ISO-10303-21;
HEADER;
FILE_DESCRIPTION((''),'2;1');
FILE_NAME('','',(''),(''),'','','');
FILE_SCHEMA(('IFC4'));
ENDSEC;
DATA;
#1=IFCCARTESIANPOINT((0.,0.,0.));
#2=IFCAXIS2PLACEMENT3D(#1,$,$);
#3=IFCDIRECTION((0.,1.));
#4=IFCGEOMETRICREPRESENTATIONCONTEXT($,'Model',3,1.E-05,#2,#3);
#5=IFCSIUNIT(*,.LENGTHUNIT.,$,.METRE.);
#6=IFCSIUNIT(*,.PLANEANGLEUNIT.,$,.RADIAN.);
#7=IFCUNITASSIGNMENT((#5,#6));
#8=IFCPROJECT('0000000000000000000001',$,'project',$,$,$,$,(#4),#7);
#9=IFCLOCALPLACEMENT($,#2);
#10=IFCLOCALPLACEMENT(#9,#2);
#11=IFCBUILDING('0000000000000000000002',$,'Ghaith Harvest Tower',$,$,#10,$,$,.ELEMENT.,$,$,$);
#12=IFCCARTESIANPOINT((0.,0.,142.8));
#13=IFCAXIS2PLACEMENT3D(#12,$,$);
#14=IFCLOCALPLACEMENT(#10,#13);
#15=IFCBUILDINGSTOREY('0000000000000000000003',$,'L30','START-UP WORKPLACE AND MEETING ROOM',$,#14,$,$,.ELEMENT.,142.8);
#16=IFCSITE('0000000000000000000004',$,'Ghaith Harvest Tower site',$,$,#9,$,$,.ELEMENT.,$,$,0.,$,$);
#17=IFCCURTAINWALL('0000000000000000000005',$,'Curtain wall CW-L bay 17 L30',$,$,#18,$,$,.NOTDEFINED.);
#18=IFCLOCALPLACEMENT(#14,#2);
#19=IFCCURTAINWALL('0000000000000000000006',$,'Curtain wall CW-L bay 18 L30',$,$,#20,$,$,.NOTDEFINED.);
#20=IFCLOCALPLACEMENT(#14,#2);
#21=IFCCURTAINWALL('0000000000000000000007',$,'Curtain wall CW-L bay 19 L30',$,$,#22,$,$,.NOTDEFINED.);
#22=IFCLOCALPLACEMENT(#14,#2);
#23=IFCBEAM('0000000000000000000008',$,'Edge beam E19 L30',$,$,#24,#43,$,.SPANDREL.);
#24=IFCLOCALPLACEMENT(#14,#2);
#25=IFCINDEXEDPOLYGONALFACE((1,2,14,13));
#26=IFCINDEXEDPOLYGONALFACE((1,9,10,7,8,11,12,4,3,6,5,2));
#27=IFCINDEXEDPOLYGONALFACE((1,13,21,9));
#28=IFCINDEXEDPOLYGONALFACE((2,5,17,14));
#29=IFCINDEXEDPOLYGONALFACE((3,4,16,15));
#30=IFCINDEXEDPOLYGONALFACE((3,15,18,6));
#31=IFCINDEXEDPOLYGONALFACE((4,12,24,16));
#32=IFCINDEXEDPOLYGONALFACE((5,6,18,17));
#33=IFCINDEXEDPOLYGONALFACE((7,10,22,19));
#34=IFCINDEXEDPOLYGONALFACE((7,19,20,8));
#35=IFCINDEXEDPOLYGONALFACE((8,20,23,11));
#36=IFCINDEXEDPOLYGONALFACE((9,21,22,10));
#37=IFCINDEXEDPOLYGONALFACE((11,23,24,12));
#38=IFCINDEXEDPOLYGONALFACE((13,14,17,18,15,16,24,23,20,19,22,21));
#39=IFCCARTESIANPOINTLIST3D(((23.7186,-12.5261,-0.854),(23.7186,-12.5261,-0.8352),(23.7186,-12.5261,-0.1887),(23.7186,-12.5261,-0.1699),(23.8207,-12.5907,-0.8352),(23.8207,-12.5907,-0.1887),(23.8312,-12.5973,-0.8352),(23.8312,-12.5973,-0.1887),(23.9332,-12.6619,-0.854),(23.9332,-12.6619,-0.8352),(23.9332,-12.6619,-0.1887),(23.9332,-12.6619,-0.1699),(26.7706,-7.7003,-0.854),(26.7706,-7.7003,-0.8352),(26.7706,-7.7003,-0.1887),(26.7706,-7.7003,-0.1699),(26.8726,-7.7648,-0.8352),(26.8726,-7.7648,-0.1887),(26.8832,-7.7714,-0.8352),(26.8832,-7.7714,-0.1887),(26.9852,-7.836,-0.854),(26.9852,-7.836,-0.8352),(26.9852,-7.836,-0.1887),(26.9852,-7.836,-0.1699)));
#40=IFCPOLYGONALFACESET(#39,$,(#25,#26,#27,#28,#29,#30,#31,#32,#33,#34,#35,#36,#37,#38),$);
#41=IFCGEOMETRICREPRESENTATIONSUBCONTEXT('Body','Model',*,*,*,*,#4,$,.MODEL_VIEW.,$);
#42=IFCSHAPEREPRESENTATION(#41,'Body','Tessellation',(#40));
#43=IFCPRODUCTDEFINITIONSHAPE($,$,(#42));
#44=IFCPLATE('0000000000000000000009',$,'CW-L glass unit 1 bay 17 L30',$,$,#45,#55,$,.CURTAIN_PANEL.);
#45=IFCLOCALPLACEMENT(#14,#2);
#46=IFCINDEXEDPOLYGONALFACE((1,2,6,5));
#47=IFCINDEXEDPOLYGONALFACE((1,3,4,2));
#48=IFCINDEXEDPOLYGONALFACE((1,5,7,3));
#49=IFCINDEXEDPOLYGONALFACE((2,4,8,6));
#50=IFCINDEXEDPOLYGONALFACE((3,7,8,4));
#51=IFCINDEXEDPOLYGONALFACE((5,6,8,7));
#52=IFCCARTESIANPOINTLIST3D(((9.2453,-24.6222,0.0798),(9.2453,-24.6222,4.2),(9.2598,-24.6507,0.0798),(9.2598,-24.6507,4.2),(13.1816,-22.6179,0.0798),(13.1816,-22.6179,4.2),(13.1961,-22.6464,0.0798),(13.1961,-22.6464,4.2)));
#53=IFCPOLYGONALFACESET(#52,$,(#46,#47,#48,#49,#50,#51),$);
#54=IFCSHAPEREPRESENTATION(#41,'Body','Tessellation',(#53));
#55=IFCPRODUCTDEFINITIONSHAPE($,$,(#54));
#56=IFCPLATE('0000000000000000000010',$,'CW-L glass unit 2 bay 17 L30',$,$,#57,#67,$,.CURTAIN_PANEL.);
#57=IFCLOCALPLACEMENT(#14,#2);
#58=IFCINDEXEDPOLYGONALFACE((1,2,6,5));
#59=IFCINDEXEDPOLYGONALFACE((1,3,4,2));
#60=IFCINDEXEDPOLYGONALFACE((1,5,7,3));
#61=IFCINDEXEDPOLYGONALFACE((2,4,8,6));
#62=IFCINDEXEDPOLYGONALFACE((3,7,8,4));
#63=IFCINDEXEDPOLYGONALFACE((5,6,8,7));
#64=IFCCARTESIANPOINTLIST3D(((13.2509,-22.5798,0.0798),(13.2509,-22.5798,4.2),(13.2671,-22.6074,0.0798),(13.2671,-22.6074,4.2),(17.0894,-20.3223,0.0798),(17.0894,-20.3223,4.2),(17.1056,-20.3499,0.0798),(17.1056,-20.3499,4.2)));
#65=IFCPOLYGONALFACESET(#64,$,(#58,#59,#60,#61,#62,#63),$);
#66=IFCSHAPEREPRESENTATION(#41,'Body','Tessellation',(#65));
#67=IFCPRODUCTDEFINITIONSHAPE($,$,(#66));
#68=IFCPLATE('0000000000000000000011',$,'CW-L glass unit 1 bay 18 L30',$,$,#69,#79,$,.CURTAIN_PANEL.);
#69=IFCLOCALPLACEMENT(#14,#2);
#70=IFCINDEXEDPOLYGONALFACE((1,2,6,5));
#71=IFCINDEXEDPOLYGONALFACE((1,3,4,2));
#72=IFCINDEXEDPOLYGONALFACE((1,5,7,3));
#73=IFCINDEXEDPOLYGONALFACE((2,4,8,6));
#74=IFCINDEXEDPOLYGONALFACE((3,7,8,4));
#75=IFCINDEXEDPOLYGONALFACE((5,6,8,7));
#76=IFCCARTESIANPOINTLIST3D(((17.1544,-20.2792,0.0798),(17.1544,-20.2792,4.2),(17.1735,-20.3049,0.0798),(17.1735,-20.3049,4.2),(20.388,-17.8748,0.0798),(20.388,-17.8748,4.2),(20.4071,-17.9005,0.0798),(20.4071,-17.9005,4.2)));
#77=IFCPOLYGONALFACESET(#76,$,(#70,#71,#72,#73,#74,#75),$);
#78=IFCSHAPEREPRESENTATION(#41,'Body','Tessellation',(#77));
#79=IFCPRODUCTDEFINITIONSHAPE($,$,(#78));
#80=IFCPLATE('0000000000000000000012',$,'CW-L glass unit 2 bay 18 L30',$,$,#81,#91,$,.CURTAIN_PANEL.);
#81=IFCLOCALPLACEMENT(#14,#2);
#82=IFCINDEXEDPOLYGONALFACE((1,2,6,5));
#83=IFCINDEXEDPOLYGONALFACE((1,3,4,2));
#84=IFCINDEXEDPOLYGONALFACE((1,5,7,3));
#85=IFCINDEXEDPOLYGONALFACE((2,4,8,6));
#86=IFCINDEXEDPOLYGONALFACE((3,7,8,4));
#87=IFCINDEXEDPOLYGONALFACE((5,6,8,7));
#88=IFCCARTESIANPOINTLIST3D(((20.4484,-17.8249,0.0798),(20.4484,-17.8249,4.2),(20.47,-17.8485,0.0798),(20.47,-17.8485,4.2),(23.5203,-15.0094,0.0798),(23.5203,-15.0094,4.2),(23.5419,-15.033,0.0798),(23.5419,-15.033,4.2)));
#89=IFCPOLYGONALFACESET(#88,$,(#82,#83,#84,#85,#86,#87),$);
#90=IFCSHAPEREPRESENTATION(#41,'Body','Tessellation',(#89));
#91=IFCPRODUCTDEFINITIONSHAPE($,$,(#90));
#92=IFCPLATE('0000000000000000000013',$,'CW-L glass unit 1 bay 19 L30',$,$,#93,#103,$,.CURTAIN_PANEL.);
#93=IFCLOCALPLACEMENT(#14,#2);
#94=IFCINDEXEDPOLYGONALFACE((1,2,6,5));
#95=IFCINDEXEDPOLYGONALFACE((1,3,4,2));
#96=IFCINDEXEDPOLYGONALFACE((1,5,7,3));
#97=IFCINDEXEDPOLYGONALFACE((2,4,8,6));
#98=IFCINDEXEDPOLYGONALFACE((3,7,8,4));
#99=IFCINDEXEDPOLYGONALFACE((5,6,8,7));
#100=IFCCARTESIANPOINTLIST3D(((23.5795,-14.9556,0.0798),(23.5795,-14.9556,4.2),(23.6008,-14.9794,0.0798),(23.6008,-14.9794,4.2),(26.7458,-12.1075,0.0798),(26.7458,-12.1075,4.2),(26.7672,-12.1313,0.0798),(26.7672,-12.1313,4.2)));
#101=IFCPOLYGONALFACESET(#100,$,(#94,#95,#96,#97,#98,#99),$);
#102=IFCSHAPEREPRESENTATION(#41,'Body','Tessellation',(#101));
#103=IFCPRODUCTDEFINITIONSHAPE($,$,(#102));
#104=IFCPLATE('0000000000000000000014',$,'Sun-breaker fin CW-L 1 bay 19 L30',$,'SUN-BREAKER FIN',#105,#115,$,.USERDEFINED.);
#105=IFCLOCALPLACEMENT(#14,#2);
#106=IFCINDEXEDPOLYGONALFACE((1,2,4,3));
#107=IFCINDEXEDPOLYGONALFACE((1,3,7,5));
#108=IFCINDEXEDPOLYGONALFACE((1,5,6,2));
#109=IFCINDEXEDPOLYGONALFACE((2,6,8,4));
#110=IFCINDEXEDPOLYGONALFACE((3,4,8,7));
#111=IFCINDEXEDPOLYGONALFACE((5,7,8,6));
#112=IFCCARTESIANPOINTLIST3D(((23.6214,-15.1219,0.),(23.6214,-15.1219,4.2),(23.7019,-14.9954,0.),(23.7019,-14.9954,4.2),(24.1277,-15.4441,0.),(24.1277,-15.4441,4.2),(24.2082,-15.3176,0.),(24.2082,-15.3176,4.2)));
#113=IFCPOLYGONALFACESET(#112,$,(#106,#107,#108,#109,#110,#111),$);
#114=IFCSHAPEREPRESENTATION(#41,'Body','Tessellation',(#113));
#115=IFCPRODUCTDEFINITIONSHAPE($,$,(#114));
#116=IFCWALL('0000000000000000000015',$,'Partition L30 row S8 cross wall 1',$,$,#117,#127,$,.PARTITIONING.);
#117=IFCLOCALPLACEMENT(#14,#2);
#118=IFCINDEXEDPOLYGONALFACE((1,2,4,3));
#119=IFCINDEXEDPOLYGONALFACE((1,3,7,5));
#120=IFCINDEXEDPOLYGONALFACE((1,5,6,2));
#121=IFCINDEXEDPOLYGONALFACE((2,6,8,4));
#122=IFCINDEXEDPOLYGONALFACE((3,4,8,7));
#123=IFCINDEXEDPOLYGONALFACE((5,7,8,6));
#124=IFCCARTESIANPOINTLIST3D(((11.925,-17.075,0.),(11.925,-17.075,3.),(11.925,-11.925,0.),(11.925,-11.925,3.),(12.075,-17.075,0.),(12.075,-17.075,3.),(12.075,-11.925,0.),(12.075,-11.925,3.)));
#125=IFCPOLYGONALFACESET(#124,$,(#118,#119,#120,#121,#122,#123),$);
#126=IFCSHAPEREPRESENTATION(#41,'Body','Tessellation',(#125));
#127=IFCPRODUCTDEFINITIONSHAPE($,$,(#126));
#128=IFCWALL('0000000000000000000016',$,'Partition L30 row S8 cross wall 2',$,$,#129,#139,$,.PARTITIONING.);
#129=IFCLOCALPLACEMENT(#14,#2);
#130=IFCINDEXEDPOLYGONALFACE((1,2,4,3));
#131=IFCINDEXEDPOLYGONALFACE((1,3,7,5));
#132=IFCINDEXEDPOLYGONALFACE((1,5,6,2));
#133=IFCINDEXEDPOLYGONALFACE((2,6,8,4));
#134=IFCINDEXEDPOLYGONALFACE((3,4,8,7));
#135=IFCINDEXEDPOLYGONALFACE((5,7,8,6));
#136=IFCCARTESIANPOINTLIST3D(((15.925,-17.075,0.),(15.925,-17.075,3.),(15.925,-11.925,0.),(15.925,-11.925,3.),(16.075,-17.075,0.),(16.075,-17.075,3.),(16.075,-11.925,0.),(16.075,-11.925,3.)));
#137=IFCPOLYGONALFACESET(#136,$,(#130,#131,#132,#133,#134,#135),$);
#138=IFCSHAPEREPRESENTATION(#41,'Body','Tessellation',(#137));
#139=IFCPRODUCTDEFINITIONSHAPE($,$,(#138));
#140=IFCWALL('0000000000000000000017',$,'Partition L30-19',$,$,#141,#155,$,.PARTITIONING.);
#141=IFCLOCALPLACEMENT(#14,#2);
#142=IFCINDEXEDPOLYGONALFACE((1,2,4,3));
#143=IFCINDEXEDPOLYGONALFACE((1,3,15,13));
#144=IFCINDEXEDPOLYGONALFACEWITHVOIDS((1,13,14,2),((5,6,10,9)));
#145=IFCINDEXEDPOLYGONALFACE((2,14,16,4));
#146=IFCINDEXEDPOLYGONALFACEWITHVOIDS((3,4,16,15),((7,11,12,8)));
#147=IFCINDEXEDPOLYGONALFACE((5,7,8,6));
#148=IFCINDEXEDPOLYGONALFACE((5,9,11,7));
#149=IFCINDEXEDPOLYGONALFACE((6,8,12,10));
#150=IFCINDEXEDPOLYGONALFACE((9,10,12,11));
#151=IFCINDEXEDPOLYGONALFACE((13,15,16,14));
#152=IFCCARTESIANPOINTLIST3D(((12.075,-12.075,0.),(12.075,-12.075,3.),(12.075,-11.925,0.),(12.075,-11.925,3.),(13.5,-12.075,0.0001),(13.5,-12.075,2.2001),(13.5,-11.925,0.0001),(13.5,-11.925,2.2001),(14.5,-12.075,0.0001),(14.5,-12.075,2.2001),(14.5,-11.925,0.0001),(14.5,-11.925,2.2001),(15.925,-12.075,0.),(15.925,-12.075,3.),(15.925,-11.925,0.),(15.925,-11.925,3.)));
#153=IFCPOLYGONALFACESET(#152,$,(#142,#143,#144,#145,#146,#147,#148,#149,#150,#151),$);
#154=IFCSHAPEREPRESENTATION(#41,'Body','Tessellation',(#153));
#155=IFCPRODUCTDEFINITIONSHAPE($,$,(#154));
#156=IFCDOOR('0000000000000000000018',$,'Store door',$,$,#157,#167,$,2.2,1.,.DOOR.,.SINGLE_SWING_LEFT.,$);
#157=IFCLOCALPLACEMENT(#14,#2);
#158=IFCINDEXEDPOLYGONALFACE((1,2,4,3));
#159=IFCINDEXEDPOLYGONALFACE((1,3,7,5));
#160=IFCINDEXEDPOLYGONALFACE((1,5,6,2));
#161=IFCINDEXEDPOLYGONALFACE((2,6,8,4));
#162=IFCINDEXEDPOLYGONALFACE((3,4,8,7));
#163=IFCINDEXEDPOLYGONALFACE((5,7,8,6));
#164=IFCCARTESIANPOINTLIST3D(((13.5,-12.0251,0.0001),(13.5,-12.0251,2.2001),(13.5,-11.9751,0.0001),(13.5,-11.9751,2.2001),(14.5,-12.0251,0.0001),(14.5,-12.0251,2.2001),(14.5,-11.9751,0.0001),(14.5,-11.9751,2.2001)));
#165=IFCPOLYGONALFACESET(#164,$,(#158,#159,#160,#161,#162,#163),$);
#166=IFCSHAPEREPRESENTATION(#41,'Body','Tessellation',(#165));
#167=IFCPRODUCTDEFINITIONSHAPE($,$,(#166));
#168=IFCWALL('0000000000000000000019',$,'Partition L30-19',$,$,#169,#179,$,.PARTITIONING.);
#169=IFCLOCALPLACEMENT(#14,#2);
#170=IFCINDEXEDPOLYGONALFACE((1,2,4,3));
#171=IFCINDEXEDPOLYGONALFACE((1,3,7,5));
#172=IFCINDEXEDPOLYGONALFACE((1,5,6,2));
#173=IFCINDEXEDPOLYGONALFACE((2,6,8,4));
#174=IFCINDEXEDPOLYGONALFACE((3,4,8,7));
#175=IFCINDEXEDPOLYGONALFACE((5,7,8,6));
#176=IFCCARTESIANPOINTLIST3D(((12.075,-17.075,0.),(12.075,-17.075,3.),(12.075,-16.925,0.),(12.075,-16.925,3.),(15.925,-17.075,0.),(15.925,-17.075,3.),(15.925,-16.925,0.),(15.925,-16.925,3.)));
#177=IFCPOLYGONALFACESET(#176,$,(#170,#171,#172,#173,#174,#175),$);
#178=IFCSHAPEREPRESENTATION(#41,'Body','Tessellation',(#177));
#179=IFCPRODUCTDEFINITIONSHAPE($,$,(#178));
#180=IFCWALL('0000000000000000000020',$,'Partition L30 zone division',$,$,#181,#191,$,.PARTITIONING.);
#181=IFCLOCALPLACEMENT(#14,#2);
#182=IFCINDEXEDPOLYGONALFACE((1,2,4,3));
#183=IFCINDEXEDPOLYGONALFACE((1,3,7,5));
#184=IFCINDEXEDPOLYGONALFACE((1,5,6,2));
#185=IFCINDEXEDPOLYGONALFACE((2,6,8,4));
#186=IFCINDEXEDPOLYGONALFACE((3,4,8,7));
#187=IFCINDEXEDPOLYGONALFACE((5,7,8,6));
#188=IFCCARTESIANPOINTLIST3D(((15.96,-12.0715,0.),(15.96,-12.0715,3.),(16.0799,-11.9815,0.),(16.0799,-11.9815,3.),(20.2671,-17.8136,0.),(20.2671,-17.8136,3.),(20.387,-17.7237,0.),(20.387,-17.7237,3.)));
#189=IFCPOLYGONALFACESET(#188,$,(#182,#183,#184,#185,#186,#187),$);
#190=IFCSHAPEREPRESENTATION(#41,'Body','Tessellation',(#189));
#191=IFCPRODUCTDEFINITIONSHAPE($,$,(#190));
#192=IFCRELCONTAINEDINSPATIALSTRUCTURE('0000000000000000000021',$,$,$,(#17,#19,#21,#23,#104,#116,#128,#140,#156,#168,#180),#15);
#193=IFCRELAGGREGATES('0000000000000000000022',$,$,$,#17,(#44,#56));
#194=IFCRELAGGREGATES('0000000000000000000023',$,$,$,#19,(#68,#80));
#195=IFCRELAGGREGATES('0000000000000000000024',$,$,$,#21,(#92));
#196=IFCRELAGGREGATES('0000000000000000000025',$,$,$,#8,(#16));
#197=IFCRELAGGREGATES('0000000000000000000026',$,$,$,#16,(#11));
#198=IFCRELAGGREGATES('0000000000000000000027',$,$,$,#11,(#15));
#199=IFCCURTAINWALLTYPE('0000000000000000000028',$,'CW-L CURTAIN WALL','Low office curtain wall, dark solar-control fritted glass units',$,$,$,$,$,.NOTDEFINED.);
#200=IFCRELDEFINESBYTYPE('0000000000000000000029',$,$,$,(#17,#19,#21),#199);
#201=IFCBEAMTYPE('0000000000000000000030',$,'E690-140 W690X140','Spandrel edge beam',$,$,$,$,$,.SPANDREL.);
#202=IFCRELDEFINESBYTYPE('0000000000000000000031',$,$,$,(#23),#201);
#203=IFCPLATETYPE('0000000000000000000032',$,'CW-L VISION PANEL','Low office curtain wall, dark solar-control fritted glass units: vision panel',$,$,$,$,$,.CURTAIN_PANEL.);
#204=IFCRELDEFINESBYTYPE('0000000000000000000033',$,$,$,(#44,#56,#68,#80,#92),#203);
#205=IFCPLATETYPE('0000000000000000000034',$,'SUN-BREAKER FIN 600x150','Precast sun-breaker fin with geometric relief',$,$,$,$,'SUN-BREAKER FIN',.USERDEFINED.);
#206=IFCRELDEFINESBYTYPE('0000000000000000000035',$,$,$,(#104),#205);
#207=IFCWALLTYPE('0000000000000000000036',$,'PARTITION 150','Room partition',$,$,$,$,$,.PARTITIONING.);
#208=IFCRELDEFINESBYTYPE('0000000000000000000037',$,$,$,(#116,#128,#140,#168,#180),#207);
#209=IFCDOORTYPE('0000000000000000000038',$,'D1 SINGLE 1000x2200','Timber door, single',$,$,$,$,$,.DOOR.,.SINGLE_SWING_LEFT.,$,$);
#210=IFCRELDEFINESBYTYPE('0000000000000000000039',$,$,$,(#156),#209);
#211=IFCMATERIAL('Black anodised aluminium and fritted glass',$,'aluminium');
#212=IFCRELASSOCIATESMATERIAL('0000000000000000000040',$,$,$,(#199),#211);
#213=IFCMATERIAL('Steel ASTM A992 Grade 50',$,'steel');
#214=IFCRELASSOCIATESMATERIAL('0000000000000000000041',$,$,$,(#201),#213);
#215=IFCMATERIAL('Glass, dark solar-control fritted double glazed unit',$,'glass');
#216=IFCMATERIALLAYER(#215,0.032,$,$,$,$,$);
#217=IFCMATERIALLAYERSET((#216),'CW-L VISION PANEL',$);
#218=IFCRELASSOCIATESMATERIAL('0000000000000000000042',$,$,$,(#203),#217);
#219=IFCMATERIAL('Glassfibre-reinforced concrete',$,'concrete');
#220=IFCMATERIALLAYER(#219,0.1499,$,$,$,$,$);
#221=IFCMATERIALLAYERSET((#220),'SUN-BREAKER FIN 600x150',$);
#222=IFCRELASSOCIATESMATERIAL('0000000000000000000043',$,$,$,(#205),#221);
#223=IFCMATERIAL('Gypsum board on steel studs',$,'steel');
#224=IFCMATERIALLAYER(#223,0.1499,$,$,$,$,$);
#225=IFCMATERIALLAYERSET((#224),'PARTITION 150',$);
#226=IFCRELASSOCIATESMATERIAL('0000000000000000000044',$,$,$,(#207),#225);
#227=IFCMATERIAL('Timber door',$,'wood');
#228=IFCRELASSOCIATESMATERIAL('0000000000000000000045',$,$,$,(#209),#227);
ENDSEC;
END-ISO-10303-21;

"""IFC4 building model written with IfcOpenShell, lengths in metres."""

from ifc_helpers import new_model, si_unit, direction, frame, frame_2d, origin, origin_2d, place, context, subcontext, project, spatial, rectangle, i_section, extrude, material, layer, layer_set, material_profile, profile_set, type_object, element, fill, aggregate, save


model = new_model("IFC4")

# Units and contexts
model_context = context("Model", 3, precision=1e-05, world=origin(), true_north=direction((0.0, 1.0)))
body_context = subcontext(model_context, "Body", "Model", "MODEL_VIEW")
ifc_project = project(units=[si_unit("LENGTHUNIT", "METRE"), si_unit("PLANEANGLEUNIT", "RADIAN")], contexts=[model_context])

# Site, building, storey
site_placement = place(None, origin())
site = spatial("IfcSite", under=ifc_project, at=site_placement, Name="Ghaith Harvest Tower site", CompositionType="ELEMENT", RefElevation=0.0)
building_placement = place(site_placement, origin())
building = spatial("IfcBuilding", under=site, at=building_placement, Name="Ghaith Harvest Tower", CompositionType="ELEMENT")
storey_placement = place(building_placement, frame((0.0, 0.0, 142.8)))
storey = spatial("IfcBuildingStorey", under=building, at=storey_placement, Name="L30", Description="START-UP WORKPLACE AND MEETING ROOM", CompositionType="ELEMENT", Elevation=142.8)

# Curtain wall
ifc_material_1 = material(Name="Black anodised aluminium and fritted glass", Category="aluminium")
curtain_wall_type = type_object("IfcCurtainWallType", Name="CW-L CURTAIN WALL", Description="Low office curtain wall, dark solar-control fritted glass units", PredefinedType="NOTDEFINED", material=ifc_material_1)
curtain_wall_1_placement = place(storey_placement, origin())
curtain_wall_1 = element("IfcCurtainWall", 1, at=curtain_wall_1_placement, inside=storey, type_object=curtain_wall_type, Name="Curtain wall CW-L bay 17 L30", PredefinedType="NOTDEFINED")

# Curtain walls
curtain_wall_2_placement = place(storey_placement, origin())
curtain_wall_2 = element("IfcCurtainWall", 2, at=curtain_wall_2_placement, inside=storey, type_object=curtain_wall_type, Name="Curtain wall CW-L bay 18 L30", PredefinedType="NOTDEFINED")
curtain_wall_3_placement = place(storey_placement, origin())
curtain_wall_3 = element("IfcCurtainWall", 3, at=curtain_wall_3_placement, inside=storey, type_object=curtain_wall_type, Name="Curtain wall CW-L bay 19 L30", PredefinedType="NOTDEFINED")

# Beam
ifc_material_2 = material(Name="Steel ASTM A992 Grade 50", Category="steel")
ifc_material_profile_1 = material_profile(ifc_material_2, i_section(OverallWidth=0.2539, OverallDepth=0.6841, WebThickness=0.0125, FlangeThickness=0.0188, at=origin_2d()), Name="W690X140")
ifc_profile_set_1 = profile_set([ifc_material_profile_1], Name="Steel ASTM A992 Grade 50")
beam_type = type_object("IfcBeamType", Name="E690-140 W690X140", Description="Spandrel edge beam", PredefinedType="SPANDREL", material=ifc_profile_set_1)
beam_1_placement = place(storey_placement, frame((23.8259, -12.594, -0.512), z_axis=(0.5345, 0.845169, 0.0), x_axis=(-0.845169, 0.5345, 0.0)))
element("IfcBeam", 4, at=beam_1_placement, inside=storey, type_object=beam_type, Name="Edge beam E19 L30", PredefinedType="SPANDREL", context=body_context, shape_type="SweptSolid", body=[
    extrude(i_section(OverallWidth=0.2539, OverallDepth=0.6841, WebThickness=0.0125, FlangeThickness=0.0188, at=origin_2d()), origin(), (0.0, 0.0, 1.0), 5.71),
])

# Plates
ifc_material_3 = material(Name="Glass, dark solar-control fritted double glazed unit", Category="glass")
ifc_layer_1 = layer(ifc_material_3, 0.032)
ifc_layer_set_1 = layer_set([ifc_layer_1], Name="CW-L VISION PANEL")
plate_type_1 = type_object("IfcPlateType", Name="CW-L VISION PANEL", Description="Low office curtain wall, dark solar-control fritted glass units: vision panel", PredefinedType="CURTAIN_PANEL", material=ifc_layer_set_1)
plate_1_placement = place(storey_placement, frame((11.2207, -23.6343, 0.0798), z_axis=(0.0, 0.0, 1.0), x_axis=(0.891127, 0.453754, 0.0)))
plate_1 = element("IfcPlate", 5, at=plate_1_placement, type_object=plate_type_1, Name="CW-L glass unit 1 bay 17 L30", PredefinedType="CURTAIN_PANEL", context=body_context, shape_type="SweptSolid", body=[
    extrude(rectangle(XDim=4.4172, YDim=0.032, at=origin_2d()), origin(), (0.0, 0.0, 1.0), 4.1201),
])
plate_2_placement = place(storey_placement, frame((15.1782, -21.4648, 0.0798), z_axis=(0.0, 0.0, 1.0), x_axis=(0.861979, 0.506943, 0.0)))
plate_2 = element("IfcPlate", 6, at=plate_2_placement, type_object=plate_type_1, Name="CW-L glass unit 2 bay 17 L30", PredefinedType="CURTAIN_PANEL", context=body_context, shape_type="SweptSolid", body=[
    extrude(rectangle(XDim=4.4531, YDim=0.032, at=origin_2d()), origin(), (0.0, 0.0, 1.0), 4.1201),
])
aggregate(curtain_wall_1, [plate_1, plate_2])
plate_3_placement = place(storey_placement, frame((18.7808, -19.0898, 0.0798), z_axis=(0.0, 0.0, 1.0), x_axis=(0.802462, 0.596703, 0.0)))
plate_3 = element("IfcPlate", 7, at=plate_3_placement, type_object=plate_type_1, Name="CW-L glass unit 1 bay 18 L30", PredefinedType="CURTAIN_PANEL", context=body_context, shape_type="SweptSolid", body=[
    extrude(rectangle(XDim=4.0295, YDim=0.032, at=origin_2d()), origin(), (0.0, 0.0, 1.0), 4.1201),
])
plate_4_placement = place(storey_placement, frame((21.9951, -16.429, 0.0798), z_axis=(0.0, 0.0, 1.0), x_axis=(0.737202, 0.675673, 0.0)))
plate_4 = element("IfcPlate", 8, at=plate_4_placement, type_object=plate_type_1, Name="CW-L glass unit 2 bay 18 L30", PredefinedType="CURTAIN_PANEL", context=body_context, shape_type="SweptSolid", body=[
    extrude(rectangle(XDim=4.167, YDim=0.032, at=origin_2d()), origin(), (0.0, 0.0, 1.0), 4.1201),
])
aggregate(curtain_wall_2, [plate_3, plate_4])
plate_5_placement = place(storey_placement, frame((25.1733, -13.5435, 0.0798), z_axis=(0.0, 0.0, 1.0), x_axis=(0.743493, 0.668744, 0.0)))
plate_5 = element("IfcPlate", 9, at=plate_5_placement, type_object=plate_type_1, Name="CW-L glass unit 1 bay 19 L30", PredefinedType="CURTAIN_PANEL", context=body_context, shape_type="SweptSolid", body=[
    extrude(rectangle(XDim=4.2588, YDim=0.032, at=origin_2d()), origin(), (0.0, 0.0, 1.0), 4.1201),
])
aggregate(curtain_wall_3, [plate_5])
ifc_material_4 = material(Name="Glassfibre-reinforced concrete", Category="concrete")
ifc_layer_2 = layer(ifc_material_4, 0.1499)
ifc_layer_set_2 = layer_set([ifc_layer_2], Name="SUN-BREAKER FIN 600x150")
plate_type_2 = type_object("IfcPlateType", Name="SUN-BREAKER FIN 600x150", Description="Precast sun-breaker fin with geometric relief", ElementType="SUN-BREAKER FIN", PredefinedType="USERDEFINED", material=ifc_layer_set_2)
plate_6_placement = place(storey_placement, frame((23.9148, -15.2197, 0.0), z_axis=(0.0, 0.0, 1.0), x_axis=(0.843644, -0.536903, 0.0)))
element("IfcPlate", 10, at=plate_6_placement, inside=storey, type_object=plate_type_2, Name="Sun-breaker fin CW-L 1 bay 19 L30", ObjectType="SUN-BREAKER FIN", PredefinedType="USERDEFINED", context=body_context, shape_type="SweptSolid", body=[
    extrude(rectangle(XDim=0.6001, YDim=0.1499, at=origin_2d()), origin(), (0.0, 0.0, 1.0), 4.2),
])

# Walls
ifc_material_5 = material(Name="Gypsum board on steel studs", Category="steel")
ifc_layer_3 = layer(ifc_material_5, 0.1499)
ifc_layer_set_3 = layer_set([ifc_layer_3], Name="PARTITION 150")
wall_type = type_object("IfcWallType", Name="PARTITION 150", Description="Room partition", PredefinedType="PARTITIONING", material=ifc_layer_set_3)
for number, where, z_axis, x_axis, name in (
    (11, (12.0, -11.925, 0.0), (0.0, 0.0, 1.0), (0.0, -1.0, 0.0), "Partition L30 row S8 cross wall 1"),
    (12, (16.0, -11.925, 0.0), (0.0, 0.0, 1.0), (0.0, -1.0, 0.0), "Partition L30 row S8 cross wall 2"),
):
    element("IfcWall", number, at=place(storey_placement, frame(where, z_axis=z_axis, x_axis=x_axis)), inside=storey, type_object=wall_type, Name=name, PredefinedType="PARTITIONING", context=body_context, shape_type="SweptSolid", body=[
        extrude(rectangle(XDim=5.1499, YDim=0.1499, at=frame_2d((2.575, 0.0))), origin(), (0.0, 0.0, 1.0), 3.0),
    ])

# Wall, opening, door
wall_1_placement = place(storey_placement, frame((12.075, -12.0, 0.0), z_axis=(0.0, 0.0, 1.0), x_axis=(1.0, 0.0, 0.0)))
wall_1 = element("IfcWall", 13, at=wall_1_placement, inside=storey, type_object=wall_type, Name="Partition L30-19", PredefinedType="PARTITIONING", context=body_context, shape_type="SweptSolid", body=[
    extrude(rectangle(XDim=3.8501, YDim=0.1499, at=frame_2d((1.925, 0.0))), origin(), (0.0, 0.0, 1.0), 3.0),
])
opening_placement = place(wall_1_placement, frame((1.425, 0.0, 0.0)))
opening = element("IfcOpeningElement", 14, at=opening_placement, cuts=wall_1, PredefinedType="OPENING", context=body_context, shape_type="SweptSolid", body=[
    extrude(rectangle(XDim=1.0, YDim=2.2, at=frame_2d((0.5, 1.1001))), frame((0.0, 0.085, 0.0), z_axis=(0.0, -1.0, 0.0), x_axis=(1.0, 0.0, 0.0)), (0.0, 0.0, 1.0), 0.1699),
])
ifc_material_6 = material(Name="Timber door", Category="wood")
door_type = type_object("IfcDoorType", Name="D1 SINGLE 1000x2200", Description="Timber door, single", OperationType="SINGLE_SWING_LEFT", PredefinedType="DOOR", material=ifc_material_6)
door_placement = place(opening_placement, origin())
door = element("IfcDoor", 15, at=door_placement, inside=storey, type_object=door_type, Name="Store door", OperationType="SINGLE_SWING_LEFT", OverallHeight=2.2, OverallWidth=1.0, PredefinedType="DOOR", context=body_context, shape_type="SweptSolid", body=[
    extrude(rectangle(XDim=1.0, YDim=2.2, at=frame_2d((0.5, 1.1001))), frame((0.0, 0.0249, 0.0), z_axis=(0.0, -1.0, 0.0), x_axis=(1.0, 0.0, 0.0)), (0.0, 0.0, 1.0), 0.05),
])
fill(opening, door)

# Walls
wall_2_placement = place(storey_placement, frame((12.075, -17.0, 0.0), z_axis=(0.0, 0.0, 1.0), x_axis=(1.0, 0.0, 0.0)))
element("IfcWall", 16, at=wall_2_placement, inside=storey, type_object=wall_type, Name="Partition L30-19", PredefinedType="PARTITIONING", context=body_context, shape_type="SweptSolid", body=[
    extrude(rectangle(XDim=3.8501, YDim=0.1499, at=frame_2d((1.925, 0.0))), origin(), (0.0, 0.0, 1.0), 3.0),
])
wall_3_placement = place(storey_placement, frame((16.02, -12.0266, 0.0), z_axis=(0.0, 0.0, 1.0), x_axis=(0.600044, -0.799967, 0.0)))
element("IfcWall", 17, at=wall_3_placement, inside=storey, type_object=wall_type, Name="Partition L30 zone division", PredefinedType="PARTITIONING", context=body_context, shape_type="SweptSolid", body=[
    extrude(rectangle(XDim=7.178, YDim=0.1499, at=frame_2d((3.5889, 0.0))), origin(), (0.0, 0.0, 1.0), 3.0),
])

save(model, "model.ifc")
